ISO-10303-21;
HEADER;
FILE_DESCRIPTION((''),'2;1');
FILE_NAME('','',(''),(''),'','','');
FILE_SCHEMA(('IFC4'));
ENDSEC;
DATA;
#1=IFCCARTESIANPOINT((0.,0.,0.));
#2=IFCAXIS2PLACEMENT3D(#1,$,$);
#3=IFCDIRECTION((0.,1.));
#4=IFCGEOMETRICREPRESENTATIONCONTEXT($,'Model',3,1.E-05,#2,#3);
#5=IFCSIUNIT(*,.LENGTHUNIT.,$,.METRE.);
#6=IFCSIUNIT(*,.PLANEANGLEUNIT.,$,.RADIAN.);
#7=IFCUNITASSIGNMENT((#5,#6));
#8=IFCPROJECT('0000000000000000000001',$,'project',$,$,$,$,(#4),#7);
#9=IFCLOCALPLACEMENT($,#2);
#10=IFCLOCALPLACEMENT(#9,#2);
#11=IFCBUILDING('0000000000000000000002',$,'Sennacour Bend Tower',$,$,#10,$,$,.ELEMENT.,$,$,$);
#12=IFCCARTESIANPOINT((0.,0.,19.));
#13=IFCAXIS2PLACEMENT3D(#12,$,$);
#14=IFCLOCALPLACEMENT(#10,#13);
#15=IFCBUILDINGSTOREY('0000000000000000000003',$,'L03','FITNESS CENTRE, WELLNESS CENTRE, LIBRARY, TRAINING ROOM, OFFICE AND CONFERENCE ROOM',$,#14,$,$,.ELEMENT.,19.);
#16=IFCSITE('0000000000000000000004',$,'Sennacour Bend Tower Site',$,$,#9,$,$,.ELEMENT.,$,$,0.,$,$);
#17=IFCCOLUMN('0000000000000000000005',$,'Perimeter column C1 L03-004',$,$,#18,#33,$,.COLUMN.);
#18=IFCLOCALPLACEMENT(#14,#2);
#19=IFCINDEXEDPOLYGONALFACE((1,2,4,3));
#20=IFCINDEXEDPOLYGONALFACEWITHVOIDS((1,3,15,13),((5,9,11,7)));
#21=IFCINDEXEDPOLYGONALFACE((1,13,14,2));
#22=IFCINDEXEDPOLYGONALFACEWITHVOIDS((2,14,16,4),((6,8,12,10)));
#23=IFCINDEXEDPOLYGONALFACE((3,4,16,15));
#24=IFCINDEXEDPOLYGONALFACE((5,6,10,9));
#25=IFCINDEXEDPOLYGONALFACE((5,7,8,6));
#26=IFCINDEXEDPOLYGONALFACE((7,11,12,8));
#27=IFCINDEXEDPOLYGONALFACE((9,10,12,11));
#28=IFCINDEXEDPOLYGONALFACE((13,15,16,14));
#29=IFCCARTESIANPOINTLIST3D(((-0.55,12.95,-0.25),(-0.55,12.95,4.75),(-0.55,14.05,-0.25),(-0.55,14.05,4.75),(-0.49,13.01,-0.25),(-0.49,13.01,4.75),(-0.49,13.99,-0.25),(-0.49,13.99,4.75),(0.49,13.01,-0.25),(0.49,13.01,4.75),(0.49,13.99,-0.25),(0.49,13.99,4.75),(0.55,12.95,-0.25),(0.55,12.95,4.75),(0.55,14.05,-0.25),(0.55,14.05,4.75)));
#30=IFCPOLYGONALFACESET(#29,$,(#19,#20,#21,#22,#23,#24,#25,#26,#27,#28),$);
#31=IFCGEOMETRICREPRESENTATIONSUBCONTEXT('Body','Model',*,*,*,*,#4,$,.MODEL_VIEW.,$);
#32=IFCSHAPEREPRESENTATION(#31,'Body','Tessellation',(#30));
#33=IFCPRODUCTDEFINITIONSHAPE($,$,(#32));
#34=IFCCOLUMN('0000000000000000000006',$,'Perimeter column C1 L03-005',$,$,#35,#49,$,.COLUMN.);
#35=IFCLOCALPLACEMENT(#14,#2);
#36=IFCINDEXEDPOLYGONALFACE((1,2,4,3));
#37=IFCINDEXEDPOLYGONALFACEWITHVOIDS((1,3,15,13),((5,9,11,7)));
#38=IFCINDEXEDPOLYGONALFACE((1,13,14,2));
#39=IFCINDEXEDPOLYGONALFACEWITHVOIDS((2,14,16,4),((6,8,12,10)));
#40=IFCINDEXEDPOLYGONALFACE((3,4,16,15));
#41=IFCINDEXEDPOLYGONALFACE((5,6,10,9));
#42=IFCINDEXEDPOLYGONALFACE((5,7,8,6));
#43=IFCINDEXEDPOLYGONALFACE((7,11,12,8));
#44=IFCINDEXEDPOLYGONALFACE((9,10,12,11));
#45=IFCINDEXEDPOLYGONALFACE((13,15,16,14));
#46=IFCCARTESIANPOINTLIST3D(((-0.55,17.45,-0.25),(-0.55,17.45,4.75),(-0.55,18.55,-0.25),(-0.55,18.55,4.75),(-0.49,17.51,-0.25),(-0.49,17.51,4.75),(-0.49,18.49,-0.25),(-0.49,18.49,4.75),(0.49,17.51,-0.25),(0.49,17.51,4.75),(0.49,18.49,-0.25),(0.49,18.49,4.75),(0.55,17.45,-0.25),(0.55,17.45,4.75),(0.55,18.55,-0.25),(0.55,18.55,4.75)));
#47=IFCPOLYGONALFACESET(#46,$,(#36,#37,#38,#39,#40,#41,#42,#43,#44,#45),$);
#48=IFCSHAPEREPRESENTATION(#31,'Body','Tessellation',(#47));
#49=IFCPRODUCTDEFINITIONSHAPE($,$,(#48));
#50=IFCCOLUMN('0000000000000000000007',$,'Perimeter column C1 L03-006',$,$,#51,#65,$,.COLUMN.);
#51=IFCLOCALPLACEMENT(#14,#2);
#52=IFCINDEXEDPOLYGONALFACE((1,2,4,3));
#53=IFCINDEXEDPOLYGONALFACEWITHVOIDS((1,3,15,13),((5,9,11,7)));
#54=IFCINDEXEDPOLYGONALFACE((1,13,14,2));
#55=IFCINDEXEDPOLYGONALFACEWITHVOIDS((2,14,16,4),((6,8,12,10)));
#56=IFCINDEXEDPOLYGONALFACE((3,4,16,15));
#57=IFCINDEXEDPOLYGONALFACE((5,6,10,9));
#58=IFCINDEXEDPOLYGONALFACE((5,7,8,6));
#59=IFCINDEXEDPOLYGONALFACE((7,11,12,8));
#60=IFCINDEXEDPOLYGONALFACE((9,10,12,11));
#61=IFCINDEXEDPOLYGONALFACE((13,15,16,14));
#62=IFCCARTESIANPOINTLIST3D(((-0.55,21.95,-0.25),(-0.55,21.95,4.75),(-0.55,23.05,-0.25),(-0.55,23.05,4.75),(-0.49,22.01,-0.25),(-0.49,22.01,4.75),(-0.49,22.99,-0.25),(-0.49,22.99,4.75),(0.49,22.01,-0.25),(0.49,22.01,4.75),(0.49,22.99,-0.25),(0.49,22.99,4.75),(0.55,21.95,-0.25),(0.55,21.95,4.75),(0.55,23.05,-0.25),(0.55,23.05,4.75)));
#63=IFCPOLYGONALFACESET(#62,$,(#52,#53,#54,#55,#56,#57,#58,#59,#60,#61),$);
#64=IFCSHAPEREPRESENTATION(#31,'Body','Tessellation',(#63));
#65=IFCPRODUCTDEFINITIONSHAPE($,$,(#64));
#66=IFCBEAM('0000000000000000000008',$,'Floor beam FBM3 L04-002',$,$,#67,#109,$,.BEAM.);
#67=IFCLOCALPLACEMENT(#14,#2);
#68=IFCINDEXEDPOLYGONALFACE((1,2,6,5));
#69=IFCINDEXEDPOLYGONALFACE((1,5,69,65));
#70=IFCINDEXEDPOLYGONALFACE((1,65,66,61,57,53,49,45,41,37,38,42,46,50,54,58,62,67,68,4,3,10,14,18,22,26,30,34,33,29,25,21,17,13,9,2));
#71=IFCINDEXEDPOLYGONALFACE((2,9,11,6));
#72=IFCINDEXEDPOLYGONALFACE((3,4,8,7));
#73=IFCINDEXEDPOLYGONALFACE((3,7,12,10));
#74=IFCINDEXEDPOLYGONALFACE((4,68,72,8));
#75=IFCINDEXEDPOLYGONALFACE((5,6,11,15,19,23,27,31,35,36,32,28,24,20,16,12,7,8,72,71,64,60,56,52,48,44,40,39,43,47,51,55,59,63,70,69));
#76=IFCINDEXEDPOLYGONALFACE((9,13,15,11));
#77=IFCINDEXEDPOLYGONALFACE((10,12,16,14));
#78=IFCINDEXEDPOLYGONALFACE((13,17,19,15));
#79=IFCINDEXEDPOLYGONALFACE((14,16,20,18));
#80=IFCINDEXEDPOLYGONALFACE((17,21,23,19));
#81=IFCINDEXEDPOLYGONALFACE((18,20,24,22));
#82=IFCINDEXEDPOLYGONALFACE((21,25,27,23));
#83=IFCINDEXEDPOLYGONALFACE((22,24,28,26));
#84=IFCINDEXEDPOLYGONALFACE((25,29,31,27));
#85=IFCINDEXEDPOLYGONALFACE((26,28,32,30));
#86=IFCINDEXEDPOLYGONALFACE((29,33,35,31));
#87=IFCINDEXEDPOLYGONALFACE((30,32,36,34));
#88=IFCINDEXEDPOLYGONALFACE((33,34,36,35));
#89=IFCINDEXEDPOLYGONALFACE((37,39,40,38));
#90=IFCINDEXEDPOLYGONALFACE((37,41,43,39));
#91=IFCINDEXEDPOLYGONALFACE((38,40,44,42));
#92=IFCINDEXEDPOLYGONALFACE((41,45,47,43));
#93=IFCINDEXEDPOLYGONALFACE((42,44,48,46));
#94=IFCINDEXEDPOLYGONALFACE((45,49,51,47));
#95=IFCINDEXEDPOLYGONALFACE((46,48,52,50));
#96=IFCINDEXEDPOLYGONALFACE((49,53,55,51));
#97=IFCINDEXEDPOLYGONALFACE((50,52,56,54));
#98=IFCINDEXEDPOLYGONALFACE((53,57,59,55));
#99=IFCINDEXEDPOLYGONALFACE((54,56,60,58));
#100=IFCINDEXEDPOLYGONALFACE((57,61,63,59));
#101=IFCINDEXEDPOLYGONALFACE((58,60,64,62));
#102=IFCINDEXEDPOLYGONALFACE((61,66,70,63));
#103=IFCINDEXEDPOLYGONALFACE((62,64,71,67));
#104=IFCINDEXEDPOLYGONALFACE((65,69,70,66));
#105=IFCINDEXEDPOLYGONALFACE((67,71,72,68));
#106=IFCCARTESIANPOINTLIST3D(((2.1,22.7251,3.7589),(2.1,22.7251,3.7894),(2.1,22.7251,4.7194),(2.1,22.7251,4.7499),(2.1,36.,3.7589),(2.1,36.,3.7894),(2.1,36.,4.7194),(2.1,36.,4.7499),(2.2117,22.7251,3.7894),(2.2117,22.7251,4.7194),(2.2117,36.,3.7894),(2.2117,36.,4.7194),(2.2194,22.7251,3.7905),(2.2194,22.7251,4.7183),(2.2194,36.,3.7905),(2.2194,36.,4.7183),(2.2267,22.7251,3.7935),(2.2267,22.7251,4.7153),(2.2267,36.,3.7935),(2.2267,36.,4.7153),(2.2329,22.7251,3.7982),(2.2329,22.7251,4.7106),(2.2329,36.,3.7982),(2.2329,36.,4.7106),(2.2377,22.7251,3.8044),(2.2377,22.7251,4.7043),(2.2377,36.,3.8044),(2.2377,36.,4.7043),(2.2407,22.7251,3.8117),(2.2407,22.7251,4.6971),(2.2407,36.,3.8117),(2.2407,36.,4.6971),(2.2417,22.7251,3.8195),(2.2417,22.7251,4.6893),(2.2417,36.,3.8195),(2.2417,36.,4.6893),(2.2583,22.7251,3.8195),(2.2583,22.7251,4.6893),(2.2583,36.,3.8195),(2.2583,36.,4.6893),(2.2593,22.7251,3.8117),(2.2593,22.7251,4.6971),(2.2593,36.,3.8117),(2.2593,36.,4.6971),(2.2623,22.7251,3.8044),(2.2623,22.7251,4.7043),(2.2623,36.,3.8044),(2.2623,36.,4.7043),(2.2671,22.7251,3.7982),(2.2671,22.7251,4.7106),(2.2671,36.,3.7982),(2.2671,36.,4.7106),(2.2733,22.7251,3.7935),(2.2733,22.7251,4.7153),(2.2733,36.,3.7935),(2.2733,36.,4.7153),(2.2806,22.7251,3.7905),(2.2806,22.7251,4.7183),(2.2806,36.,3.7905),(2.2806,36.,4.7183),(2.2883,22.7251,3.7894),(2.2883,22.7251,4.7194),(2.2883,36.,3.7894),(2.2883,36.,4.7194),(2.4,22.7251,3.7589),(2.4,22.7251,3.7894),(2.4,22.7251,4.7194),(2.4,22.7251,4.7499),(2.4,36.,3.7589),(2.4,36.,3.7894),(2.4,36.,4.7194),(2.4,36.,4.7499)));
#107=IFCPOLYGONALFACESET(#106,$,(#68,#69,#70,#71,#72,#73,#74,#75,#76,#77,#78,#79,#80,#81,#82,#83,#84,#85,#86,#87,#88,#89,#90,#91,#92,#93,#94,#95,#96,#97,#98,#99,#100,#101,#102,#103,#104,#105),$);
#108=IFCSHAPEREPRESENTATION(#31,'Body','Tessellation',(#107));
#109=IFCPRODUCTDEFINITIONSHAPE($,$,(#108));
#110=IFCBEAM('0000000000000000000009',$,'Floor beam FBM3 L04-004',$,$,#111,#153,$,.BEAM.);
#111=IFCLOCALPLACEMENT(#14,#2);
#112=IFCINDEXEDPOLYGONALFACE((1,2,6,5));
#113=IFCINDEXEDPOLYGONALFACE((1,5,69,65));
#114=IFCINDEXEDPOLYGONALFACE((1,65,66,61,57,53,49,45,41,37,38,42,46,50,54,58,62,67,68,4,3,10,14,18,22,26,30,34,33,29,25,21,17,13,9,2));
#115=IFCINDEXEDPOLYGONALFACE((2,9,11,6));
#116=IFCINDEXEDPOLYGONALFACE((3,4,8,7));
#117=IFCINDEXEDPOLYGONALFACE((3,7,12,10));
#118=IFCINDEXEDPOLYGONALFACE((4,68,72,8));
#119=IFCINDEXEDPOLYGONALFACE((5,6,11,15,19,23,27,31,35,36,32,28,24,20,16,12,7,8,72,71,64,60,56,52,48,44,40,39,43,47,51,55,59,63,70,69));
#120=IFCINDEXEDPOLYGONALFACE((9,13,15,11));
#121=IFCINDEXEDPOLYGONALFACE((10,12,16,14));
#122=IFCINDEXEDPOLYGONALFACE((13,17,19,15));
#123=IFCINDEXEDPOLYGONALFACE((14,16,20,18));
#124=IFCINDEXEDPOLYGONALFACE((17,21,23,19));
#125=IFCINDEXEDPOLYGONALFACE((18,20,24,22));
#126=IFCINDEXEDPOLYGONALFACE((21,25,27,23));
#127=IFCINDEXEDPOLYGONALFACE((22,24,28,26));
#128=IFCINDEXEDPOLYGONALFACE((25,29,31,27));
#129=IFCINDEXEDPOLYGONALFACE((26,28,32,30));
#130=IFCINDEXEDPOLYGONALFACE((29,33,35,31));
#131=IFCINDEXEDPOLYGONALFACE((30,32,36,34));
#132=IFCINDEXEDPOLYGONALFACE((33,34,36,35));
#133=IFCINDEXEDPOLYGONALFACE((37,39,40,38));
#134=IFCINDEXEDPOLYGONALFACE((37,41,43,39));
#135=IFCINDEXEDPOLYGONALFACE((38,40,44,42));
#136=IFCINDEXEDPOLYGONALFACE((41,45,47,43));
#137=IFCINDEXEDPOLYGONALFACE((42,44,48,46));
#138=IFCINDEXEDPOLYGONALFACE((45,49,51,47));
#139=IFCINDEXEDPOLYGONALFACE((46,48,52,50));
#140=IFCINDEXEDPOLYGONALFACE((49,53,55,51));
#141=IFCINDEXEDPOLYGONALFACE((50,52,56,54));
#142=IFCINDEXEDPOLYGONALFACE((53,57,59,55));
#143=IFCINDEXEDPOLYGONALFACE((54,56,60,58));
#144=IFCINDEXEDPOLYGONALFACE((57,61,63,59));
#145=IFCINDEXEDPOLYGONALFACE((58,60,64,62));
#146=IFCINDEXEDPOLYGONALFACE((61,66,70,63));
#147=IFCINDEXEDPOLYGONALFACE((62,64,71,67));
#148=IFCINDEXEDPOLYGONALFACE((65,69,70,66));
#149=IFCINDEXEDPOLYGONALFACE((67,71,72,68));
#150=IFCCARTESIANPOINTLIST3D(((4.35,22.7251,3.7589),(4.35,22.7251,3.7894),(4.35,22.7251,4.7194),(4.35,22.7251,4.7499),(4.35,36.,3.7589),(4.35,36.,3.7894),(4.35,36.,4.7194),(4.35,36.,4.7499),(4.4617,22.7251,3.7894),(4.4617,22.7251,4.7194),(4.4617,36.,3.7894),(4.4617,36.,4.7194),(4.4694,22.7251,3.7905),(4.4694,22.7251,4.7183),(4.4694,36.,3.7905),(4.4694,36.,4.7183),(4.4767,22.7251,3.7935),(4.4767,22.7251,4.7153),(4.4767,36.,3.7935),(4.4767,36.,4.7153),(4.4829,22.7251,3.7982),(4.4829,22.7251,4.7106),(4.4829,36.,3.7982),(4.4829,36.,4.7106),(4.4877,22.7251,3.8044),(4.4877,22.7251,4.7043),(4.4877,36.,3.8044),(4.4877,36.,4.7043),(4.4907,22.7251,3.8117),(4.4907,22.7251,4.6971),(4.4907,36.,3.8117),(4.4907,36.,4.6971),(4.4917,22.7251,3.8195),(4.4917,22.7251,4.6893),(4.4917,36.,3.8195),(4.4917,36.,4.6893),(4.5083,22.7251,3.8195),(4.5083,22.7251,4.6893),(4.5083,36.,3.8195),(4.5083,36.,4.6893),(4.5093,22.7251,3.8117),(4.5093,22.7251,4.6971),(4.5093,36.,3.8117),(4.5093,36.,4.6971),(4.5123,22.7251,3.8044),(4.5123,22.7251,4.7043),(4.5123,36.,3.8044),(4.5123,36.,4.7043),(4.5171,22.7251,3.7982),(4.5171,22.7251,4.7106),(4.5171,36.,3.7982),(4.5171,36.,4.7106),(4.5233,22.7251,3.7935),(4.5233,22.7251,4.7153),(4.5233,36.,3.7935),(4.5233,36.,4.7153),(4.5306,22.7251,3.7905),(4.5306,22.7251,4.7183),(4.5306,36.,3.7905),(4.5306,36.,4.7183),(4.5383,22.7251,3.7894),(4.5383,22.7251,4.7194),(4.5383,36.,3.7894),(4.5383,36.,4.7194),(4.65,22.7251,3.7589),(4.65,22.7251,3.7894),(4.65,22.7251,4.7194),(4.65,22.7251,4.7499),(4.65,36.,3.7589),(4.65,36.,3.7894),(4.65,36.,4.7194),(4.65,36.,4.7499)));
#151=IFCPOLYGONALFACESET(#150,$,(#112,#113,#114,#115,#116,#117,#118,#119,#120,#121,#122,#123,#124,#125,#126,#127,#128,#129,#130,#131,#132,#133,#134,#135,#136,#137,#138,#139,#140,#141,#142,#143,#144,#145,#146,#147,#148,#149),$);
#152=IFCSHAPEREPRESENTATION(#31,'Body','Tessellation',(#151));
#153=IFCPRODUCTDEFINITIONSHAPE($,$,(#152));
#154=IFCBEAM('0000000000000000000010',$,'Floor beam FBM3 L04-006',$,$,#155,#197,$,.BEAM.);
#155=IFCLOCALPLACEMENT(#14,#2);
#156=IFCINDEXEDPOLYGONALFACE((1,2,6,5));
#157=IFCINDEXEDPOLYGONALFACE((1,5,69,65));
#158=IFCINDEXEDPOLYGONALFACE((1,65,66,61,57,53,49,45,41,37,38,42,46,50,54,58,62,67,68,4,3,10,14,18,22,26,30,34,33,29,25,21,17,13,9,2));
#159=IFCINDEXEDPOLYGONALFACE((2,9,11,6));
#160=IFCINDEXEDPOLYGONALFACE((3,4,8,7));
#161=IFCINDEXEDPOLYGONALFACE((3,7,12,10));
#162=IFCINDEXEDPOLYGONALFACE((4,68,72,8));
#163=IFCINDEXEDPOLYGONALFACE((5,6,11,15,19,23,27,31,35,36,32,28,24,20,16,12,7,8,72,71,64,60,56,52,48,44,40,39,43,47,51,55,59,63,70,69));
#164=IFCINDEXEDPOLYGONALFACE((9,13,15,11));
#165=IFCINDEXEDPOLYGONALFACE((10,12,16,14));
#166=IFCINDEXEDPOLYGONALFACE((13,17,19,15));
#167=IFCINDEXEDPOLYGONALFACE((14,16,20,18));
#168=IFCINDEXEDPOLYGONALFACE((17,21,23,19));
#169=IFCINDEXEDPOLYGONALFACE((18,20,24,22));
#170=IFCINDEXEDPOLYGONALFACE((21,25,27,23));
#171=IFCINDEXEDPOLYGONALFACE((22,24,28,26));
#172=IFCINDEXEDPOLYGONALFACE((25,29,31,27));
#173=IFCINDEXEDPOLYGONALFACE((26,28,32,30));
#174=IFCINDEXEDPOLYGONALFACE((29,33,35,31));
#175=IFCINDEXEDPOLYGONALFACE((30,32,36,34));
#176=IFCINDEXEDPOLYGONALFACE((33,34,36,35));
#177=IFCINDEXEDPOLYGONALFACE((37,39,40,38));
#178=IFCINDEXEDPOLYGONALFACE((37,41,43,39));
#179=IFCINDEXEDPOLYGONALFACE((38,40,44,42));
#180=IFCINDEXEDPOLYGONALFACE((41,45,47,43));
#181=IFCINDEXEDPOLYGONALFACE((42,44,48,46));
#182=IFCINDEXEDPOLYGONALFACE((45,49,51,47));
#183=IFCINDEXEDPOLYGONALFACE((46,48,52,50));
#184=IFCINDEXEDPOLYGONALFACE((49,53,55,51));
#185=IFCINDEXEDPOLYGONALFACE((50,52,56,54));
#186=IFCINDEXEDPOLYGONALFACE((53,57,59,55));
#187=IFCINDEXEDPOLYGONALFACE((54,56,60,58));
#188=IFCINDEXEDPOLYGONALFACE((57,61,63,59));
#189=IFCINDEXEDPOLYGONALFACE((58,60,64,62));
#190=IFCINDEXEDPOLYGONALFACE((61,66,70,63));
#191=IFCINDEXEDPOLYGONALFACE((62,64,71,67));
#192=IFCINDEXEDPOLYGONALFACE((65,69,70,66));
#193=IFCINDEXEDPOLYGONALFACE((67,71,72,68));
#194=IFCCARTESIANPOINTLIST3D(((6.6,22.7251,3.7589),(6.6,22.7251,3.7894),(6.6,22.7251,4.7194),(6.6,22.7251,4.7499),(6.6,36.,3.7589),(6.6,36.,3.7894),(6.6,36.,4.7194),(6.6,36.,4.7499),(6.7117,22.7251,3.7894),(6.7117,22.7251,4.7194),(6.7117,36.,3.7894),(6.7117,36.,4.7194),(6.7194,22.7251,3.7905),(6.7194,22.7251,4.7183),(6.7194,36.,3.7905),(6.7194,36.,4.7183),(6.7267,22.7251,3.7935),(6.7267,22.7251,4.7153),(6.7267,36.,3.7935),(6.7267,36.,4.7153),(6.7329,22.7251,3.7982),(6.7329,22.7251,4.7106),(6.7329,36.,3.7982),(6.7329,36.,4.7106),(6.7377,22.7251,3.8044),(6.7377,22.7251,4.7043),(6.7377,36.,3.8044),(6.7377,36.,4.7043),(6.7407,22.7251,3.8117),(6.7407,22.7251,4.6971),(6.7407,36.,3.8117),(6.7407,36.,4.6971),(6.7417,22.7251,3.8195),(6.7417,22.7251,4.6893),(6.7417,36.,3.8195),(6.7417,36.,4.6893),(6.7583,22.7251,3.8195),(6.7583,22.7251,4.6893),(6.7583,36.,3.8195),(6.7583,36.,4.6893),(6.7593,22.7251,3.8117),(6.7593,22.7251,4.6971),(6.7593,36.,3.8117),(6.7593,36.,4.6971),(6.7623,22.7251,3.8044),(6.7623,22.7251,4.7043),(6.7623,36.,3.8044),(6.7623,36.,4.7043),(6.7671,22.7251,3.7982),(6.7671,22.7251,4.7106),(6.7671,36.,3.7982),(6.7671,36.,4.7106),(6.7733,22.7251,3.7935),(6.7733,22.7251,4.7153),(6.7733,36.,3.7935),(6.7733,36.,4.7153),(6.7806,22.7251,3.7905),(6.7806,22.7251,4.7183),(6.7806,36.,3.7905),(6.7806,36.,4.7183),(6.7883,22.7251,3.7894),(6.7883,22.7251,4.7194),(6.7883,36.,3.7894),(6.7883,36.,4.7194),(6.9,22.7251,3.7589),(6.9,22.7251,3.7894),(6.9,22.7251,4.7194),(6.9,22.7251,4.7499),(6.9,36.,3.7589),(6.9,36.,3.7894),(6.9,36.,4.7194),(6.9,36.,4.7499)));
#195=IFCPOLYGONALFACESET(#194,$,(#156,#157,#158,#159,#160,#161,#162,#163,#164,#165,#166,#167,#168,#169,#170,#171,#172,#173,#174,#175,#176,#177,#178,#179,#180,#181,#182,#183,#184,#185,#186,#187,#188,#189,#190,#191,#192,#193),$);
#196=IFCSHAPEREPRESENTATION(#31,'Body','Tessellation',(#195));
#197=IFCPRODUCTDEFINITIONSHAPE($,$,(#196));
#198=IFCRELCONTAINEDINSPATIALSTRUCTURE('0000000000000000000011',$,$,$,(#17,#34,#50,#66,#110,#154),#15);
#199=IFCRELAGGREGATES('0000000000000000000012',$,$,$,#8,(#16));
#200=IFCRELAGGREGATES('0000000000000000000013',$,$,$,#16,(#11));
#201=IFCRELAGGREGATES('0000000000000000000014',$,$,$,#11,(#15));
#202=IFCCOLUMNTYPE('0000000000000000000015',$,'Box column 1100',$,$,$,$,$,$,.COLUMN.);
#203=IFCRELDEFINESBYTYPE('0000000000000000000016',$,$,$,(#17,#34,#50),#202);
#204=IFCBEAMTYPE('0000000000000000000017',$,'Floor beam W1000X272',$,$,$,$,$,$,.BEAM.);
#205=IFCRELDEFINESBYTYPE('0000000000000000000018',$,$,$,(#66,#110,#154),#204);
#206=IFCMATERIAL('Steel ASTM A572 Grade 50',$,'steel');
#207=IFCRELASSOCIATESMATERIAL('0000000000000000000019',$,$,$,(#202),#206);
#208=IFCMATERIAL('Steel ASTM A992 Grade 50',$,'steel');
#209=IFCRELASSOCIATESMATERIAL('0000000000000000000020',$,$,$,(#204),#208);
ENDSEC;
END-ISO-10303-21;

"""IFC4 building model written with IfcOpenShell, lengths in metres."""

from ifc_helpers import new_model, si_unit, direction, frame, origin, origin_2d, place, context, subcontext, project, spatial, hollow_rectangle, i_section, extrude, material, material_profile, profile_set, type_object, element, save


model = new_model("IFC4")

# Units and contexts
model_context = context("Model", 3, precision=1e-05, world=origin(), true_north=direction((0.0, 1.0)))
body_context = subcontext(model_context, "Body", "Model", "MODEL_VIEW")
ifc_project = project(units=[si_unit("LENGTHUNIT", "METRE"), si_unit("PLANEANGLEUNIT", "RADIAN")], contexts=[model_context])

# Site, building, storey
site_placement = place(None, origin())
site = spatial("IfcSite", under=ifc_project, at=site_placement, Name="Sennacour Bend Tower Site", CompositionType="ELEMENT", RefElevation=0.0)
building_placement = place(site_placement, origin())
building = spatial("IfcBuilding", under=site, at=building_placement, Name="Sennacour Bend Tower", CompositionType="ELEMENT")
storey_placement = place(building_placement, frame((0.0, 0.0, 19.0)))
storey = spatial("IfcBuildingStorey", under=building, at=storey_placement, Name="L03", Description="FITNESS CENTRE, WELLNESS CENTRE, LIBRARY, TRAINING ROOM, OFFICE AND CONFERENCE ROOM", CompositionType="ELEMENT", Elevation=19.0)

# Columns
ifc_material_1 = material(Name="Steel ASTM A572 Grade 50", Category="steel")
ifc_material_profile_1 = material_profile(ifc_material_1, hollow_rectangle(XDim=1.1001, YDim=1.1001, WallThickness=0.0601, at=origin_2d()), Name="Steel ASTM A572 Grade 50", Category="steel")
ifc_profile_set_1 = profile_set([ifc_material_profile_1], Name="Steel ASTM A572 Grade 50")
column_type = type_object("IfcColumnType", Name="Box column 1100", PredefinedType="COLUMN", material=ifc_profile_set_1)
for number, where, z_axis, x_axis, name in (
    (1, (0.0, 13.5, -0.25), (0.0, 0.0, 1.0), (1.0, 0.0, 0.0), "Perimeter column C1 L03-004"),
    (2, (0.0, 18.0, -0.25), (0.0, 0.0, 1.0), (1.0, 0.0, 0.0), "Perimeter column C1 L03-005"),
    (3, (0.0, 22.5, -0.25), (0.0, 0.0, 1.0), (1.0, 0.0, 0.0), "Perimeter column C1 L03-006"),
):
    element("IfcColumn", number, at=place(storey_placement, frame(where, z_axis=z_axis, x_axis=x_axis)), inside=storey, type_object=column_type, Name=name, PredefinedType="COLUMN", context=body_context, shape_type="SweptSolid", body=[
        extrude(hollow_rectangle(XDim=1.1001, YDim=1.1001, WallThickness=0.0601, at=origin_2d()), origin(), (0.0, 0.0, 1.0), 5.0),
    ])

# Beams
ifc_material_2 = material(Name="Steel ASTM A992 Grade 50", Category="steel")
ifc_material_profile_2 = material_profile(ifc_material_2, i_section(OverallWidth=0.3, OverallDepth=0.991, WebThickness=0.0166, FlangeThickness=0.0305, FilletRadius=0.03, at=origin_2d()), Name="Steel ASTM A992 Grade 50", Category="steel")
ifc_profile_set_2 = profile_set([ifc_material_profile_2], Name="Steel ASTM A992 Grade 50")
beam_type_1 = type_object("IfcBeamType", Name="Floor beam W1000X272", PredefinedType="BEAM", material=ifc_profile_set_2)
for number, where, z_axis, x_axis, name in (
    (4, (2.25, 22.7251, 4.2544), (0.0, 1.0, 0.0), (-1.0, 0.0, 0.0), "Floor beam FBM3 L04-002"),
    (5, (4.5, 22.7251, 4.2544), (0.0, 1.0, 0.0), (-1.0, 0.0, 0.0), "Floor beam FBM3 L04-004"),
    (6, (6.75, 22.7251, 4.2544), (0.0, 1.0, 0.0), (-1.0, 0.0, 0.0), "Floor beam FBM3 L04-006"),
):
    element("IfcBeam", number, at=place(storey_placement, frame(where, z_axis=z_axis, x_axis=x_axis)), inside=storey, type_object=beam_type_1, Name=name, PredefinedType="BEAM", context=body_context, shape_type="SweptSolid", body=[
        extrude(i_section(OverallWidth=0.3, OverallDepth=0.991, WebThickness=0.0166, FlangeThickness=0.0305, FilletRadius=0.03, at=origin_2d()), origin(), (0.0, 0.0, 1.0), 13.2749),
    ])

save(model, "model.ifc")
